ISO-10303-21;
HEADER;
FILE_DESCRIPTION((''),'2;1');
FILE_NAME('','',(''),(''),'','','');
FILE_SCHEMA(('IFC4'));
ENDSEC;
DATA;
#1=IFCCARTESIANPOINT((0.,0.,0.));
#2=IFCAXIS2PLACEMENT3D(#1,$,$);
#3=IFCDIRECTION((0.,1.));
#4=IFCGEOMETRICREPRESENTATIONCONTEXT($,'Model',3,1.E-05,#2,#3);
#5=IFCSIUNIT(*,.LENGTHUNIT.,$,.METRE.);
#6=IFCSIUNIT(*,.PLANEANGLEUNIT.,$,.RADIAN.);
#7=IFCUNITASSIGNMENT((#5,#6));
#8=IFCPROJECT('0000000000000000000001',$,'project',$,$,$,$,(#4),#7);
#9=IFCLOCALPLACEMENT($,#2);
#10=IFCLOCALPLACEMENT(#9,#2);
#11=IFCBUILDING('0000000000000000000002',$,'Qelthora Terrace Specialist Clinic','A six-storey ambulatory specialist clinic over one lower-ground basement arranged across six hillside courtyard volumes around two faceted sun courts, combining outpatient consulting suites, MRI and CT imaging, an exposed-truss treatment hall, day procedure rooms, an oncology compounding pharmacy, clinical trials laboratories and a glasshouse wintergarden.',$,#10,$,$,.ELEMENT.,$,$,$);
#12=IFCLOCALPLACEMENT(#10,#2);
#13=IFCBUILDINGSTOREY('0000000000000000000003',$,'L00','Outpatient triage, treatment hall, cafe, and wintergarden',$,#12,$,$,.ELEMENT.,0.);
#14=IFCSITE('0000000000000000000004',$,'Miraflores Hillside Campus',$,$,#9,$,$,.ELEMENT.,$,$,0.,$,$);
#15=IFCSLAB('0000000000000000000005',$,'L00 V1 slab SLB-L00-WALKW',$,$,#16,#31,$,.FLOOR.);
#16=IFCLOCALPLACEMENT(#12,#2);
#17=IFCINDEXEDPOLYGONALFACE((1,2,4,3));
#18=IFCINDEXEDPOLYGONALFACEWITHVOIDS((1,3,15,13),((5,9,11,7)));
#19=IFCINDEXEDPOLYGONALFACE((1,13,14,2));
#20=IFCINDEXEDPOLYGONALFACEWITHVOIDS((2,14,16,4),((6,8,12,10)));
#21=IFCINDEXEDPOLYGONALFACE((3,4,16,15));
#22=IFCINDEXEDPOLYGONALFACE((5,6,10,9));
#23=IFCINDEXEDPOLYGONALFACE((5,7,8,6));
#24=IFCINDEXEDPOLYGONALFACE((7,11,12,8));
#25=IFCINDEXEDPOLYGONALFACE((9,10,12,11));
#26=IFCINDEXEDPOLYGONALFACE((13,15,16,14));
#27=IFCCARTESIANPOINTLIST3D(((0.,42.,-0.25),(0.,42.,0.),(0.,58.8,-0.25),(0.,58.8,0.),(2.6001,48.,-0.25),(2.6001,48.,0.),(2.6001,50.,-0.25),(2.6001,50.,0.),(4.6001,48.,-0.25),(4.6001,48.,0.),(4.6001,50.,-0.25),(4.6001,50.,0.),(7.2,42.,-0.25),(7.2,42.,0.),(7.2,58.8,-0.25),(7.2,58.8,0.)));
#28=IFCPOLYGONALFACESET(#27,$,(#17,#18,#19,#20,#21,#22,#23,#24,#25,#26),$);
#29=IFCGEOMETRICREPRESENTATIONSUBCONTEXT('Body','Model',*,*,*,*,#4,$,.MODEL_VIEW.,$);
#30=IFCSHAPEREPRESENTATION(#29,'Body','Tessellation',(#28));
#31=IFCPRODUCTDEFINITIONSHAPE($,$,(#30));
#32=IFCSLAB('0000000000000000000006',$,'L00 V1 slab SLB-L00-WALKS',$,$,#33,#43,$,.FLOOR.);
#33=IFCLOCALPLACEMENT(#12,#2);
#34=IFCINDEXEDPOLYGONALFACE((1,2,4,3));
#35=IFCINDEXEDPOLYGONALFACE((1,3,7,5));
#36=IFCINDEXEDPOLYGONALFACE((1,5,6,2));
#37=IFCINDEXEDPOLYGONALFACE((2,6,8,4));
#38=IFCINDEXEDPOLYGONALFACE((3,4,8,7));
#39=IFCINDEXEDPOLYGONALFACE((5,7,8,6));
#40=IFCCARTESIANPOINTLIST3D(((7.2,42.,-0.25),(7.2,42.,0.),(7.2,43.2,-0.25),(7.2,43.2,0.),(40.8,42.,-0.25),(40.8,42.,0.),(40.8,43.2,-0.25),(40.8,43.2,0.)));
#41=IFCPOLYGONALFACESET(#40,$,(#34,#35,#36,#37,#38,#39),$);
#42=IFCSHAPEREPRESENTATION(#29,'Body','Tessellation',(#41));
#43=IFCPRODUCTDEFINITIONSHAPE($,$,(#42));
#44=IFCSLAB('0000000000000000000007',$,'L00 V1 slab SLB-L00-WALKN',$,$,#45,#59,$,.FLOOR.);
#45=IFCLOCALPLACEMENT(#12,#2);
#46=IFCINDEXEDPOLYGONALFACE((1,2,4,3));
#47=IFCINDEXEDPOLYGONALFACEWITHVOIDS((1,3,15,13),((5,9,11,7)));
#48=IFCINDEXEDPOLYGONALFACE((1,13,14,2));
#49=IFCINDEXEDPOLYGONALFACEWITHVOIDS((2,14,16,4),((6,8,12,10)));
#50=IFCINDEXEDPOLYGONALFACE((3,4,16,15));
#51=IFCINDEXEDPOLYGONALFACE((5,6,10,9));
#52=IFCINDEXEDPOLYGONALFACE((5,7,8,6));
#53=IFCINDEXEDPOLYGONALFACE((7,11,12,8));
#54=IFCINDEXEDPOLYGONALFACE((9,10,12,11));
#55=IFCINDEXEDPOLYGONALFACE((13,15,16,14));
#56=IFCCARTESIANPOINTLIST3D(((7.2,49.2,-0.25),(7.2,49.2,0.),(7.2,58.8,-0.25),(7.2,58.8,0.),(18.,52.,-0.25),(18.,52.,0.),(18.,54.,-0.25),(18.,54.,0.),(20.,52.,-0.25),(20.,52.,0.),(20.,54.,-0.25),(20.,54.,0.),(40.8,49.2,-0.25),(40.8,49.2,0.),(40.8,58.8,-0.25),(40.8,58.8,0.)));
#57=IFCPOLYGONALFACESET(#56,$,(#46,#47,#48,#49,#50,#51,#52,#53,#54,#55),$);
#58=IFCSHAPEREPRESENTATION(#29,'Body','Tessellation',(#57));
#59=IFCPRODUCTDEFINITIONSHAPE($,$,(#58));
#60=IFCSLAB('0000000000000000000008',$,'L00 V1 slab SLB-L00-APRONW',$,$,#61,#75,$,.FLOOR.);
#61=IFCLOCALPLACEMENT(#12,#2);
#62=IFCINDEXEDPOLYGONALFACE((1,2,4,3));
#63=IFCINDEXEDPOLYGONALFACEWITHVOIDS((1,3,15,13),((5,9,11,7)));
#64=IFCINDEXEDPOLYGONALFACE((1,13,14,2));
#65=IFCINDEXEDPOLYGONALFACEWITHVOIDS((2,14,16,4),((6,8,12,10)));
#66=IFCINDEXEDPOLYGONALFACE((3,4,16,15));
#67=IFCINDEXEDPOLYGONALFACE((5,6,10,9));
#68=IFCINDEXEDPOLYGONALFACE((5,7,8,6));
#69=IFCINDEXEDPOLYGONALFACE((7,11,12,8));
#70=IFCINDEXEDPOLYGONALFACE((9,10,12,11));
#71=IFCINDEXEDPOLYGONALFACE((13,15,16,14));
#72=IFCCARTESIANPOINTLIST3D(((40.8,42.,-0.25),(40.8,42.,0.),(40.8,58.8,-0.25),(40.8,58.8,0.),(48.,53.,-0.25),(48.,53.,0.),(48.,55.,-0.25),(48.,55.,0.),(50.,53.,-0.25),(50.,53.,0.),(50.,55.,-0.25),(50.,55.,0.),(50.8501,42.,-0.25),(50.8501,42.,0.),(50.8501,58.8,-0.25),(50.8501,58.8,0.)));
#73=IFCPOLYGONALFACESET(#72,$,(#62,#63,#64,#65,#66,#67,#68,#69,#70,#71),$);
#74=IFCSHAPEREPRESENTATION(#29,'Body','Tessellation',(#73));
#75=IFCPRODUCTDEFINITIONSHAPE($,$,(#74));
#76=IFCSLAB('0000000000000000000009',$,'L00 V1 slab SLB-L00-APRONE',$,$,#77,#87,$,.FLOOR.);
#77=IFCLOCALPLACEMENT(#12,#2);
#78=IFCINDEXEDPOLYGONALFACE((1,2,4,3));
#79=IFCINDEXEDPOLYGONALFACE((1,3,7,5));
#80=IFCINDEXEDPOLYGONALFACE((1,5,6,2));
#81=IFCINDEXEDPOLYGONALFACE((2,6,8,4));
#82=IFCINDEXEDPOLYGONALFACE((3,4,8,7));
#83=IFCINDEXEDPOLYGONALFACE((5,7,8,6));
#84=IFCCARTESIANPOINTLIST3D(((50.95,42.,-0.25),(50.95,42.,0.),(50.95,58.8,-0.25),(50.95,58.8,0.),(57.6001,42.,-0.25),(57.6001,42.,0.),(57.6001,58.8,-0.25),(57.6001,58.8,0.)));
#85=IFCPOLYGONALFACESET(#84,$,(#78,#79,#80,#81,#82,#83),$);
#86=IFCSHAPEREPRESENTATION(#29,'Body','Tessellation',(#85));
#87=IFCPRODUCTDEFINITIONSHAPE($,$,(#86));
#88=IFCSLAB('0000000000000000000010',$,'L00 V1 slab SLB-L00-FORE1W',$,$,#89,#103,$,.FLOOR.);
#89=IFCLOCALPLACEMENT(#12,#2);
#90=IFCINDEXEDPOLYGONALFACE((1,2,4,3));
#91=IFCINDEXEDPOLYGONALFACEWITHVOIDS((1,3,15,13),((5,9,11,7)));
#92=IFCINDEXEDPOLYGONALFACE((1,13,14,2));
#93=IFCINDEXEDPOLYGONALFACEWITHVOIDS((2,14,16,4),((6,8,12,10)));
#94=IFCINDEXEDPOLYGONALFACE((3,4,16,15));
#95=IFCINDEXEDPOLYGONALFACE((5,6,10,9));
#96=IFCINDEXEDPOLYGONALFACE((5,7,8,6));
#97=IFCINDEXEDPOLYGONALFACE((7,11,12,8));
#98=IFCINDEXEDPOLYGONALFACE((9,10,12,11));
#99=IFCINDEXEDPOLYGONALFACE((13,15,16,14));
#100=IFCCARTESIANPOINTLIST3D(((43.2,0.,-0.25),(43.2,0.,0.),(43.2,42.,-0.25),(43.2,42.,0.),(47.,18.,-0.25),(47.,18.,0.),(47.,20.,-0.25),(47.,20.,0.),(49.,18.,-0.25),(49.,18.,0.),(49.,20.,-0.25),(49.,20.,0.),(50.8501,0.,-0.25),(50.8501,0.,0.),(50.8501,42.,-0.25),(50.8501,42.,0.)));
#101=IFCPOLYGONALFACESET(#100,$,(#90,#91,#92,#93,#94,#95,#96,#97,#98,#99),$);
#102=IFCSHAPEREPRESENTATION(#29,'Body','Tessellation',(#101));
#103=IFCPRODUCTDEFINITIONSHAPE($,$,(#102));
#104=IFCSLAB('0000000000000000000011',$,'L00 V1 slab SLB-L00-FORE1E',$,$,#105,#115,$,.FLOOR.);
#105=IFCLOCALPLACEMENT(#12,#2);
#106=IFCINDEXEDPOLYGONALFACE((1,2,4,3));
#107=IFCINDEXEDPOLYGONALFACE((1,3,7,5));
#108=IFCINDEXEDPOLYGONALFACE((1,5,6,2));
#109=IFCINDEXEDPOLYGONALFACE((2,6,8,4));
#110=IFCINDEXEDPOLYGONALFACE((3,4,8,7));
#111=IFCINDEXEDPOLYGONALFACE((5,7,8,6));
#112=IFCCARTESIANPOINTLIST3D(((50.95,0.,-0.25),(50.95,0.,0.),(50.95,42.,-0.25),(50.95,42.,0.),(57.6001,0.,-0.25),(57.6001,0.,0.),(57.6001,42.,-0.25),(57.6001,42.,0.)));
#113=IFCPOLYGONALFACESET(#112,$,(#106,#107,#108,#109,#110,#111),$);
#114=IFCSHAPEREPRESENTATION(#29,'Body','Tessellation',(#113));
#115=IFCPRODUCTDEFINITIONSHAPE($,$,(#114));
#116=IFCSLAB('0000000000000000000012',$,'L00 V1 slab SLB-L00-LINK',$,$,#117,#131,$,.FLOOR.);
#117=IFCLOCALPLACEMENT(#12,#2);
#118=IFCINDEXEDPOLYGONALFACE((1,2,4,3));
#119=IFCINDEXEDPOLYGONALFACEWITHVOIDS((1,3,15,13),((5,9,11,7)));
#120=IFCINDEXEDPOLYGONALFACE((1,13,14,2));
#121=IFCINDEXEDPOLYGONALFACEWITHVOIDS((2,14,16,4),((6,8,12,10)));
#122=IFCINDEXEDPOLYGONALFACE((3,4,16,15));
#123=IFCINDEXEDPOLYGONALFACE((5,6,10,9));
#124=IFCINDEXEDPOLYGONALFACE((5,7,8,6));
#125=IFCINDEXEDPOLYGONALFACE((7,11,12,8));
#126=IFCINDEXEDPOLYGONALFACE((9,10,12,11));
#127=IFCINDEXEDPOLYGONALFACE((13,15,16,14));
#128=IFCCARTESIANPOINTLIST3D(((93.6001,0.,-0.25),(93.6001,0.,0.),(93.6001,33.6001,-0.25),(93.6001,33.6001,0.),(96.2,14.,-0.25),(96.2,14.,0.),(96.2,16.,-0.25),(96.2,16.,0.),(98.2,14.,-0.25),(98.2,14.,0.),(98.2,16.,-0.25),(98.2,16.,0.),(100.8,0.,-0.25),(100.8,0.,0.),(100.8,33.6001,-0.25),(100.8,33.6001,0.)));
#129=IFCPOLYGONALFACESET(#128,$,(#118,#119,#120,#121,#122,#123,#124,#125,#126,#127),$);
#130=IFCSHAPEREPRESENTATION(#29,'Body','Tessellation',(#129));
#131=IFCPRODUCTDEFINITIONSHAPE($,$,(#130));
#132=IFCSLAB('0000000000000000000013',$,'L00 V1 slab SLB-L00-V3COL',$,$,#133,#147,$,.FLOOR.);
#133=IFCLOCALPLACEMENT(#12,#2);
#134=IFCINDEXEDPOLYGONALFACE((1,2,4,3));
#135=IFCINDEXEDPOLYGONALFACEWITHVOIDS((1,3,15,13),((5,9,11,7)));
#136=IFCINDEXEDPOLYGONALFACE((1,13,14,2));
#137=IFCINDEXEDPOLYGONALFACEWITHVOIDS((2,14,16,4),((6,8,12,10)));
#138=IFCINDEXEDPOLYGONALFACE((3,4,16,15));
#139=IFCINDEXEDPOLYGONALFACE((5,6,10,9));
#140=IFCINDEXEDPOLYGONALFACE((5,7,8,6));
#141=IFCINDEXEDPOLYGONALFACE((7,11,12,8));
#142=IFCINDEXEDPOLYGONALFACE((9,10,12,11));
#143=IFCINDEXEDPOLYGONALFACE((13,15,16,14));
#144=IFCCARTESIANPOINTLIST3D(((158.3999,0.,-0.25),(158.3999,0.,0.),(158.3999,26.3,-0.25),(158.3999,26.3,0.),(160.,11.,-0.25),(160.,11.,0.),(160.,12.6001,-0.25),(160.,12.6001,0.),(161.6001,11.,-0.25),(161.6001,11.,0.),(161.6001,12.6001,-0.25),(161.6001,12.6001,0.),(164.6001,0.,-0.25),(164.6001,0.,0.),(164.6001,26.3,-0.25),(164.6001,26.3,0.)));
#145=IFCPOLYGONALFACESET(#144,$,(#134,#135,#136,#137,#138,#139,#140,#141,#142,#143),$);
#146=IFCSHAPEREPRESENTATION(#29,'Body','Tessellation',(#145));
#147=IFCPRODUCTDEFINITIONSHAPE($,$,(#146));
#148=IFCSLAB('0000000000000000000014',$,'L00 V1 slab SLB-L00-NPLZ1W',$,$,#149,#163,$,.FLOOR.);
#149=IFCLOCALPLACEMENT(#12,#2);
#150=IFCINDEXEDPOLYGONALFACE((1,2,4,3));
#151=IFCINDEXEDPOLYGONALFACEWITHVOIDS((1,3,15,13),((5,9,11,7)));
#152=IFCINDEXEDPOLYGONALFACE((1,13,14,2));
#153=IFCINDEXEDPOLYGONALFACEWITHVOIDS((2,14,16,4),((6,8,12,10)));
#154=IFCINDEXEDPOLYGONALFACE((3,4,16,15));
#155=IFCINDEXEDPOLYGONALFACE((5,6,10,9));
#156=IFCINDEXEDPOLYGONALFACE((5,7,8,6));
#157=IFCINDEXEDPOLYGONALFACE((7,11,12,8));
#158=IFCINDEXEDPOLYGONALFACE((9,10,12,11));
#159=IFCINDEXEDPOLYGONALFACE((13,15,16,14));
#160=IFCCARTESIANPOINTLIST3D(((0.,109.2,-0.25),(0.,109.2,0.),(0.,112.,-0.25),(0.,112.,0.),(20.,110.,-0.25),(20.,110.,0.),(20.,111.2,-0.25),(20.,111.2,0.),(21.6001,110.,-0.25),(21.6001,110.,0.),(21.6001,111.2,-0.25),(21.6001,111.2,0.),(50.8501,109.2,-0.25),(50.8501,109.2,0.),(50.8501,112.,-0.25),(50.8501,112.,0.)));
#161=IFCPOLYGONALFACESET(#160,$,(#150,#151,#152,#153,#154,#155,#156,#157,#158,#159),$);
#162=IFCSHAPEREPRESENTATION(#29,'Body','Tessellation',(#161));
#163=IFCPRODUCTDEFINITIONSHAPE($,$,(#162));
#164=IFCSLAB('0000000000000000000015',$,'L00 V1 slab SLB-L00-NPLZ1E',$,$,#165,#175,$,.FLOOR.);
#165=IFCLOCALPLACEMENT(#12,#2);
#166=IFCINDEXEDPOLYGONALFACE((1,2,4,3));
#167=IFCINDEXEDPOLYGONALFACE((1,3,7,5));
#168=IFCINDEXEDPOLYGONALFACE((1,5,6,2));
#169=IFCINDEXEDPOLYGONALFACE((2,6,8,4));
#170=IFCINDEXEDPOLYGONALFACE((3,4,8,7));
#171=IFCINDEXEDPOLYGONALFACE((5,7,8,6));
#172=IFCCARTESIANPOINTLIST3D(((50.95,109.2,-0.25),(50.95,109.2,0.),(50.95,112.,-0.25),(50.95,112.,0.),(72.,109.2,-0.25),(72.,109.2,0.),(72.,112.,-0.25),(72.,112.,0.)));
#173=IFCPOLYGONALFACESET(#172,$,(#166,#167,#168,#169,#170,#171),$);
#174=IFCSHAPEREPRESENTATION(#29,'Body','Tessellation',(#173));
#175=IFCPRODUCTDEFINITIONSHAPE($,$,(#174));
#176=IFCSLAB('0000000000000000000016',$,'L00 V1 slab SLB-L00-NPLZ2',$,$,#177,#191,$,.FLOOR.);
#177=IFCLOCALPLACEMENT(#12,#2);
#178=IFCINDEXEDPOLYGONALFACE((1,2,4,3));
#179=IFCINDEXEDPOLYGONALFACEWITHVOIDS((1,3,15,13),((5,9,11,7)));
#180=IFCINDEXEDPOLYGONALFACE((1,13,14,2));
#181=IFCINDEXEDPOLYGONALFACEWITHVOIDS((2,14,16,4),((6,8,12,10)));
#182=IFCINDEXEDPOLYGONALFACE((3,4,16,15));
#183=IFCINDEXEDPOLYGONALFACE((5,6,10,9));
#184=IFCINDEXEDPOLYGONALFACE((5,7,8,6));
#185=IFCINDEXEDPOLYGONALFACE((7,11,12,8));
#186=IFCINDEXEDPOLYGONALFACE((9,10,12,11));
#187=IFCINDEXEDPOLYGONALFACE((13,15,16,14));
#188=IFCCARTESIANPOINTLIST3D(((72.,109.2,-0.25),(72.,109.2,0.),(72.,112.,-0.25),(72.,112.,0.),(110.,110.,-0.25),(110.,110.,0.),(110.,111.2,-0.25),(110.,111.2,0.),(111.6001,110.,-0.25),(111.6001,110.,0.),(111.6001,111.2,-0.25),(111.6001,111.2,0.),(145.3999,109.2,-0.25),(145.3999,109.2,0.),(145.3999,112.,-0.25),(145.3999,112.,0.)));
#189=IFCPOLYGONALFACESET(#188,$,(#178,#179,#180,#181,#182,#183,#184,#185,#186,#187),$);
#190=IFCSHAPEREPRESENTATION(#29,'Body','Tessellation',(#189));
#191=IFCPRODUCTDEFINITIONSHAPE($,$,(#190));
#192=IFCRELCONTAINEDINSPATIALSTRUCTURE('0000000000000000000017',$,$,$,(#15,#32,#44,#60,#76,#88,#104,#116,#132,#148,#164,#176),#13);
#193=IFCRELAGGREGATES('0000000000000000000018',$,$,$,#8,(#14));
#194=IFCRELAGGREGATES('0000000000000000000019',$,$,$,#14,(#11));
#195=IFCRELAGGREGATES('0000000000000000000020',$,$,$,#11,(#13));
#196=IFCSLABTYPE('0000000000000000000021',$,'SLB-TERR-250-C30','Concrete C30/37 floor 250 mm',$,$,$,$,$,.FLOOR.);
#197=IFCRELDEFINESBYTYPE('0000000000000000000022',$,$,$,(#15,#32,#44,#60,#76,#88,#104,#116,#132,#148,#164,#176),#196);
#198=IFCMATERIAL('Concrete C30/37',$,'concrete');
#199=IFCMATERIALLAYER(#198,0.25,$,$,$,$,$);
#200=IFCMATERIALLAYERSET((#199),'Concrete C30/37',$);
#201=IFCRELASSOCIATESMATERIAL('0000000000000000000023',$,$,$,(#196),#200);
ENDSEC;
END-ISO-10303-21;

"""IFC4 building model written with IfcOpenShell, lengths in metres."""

from ifc_helpers import new_model, si_unit, direction, frame, origin, place, context, subcontext, project, spatial, polyline, outline, extrude, material, layer, layer_set, type_object, element, save


model = new_model("IFC4")

# Units and contexts
model_context = context("Model", 3, precision=1e-05, world=origin(), true_north=direction((0.0, 1.0)))
body_context = subcontext(model_context, "Body", "Model", "MODEL_VIEW")
ifc_project = project(units=[si_unit("LENGTHUNIT", "METRE"), si_unit("PLANEANGLEUNIT", "RADIAN")], contexts=[model_context])

# Site, building, storey
site_placement = place(None, origin())
site = spatial("IfcSite", under=ifc_project, at=site_placement, Name="Miraflores Hillside Campus", CompositionType="ELEMENT", RefElevation=0.0)
building_placement = place(site_placement, origin())
building = spatial("IfcBuilding", under=site, at=building_placement, Name="Qelthora Terrace Specialist Clinic", Description="A six-storey ambulatory specialist clinic over one lower-ground basement arranged across six hillside courtyard volumes around two faceted sun courts, combining outpatient consulting suites, MRI and CT imaging, an exposed-truss treatment hall, day procedure rooms, an oncology compounding pharmacy, clinical trials laboratories and a glasshouse wintergarden.", CompositionType="ELEMENT")
storey_placement = place(building_placement, origin())
storey = spatial("IfcBuildingStorey", under=building, at=storey_placement, Name="L00", Description="Outpatient triage, treatment hall, cafe, and wintergarden", CompositionType="ELEMENT", Elevation=0.0)

# Slabs
ifc_material_1 = material(Name="Concrete C30/37", Category="concrete")
ifc_layer_1 = layer(ifc_material_1, 0.25)
ifc_layer_set_1 = layer_set([ifc_layer_1], Name="Concrete C30/37")
slab_type_1 = type_object("IfcSlabType", Name="SLB-TERR-250-C30", Description="Concrete C30/37 floor 250 mm", PredefinedType="FLOOR", material=ifc_layer_set_1)
slab_1_placement = place(storey_placement, frame((0.0, 0.0, -0.25)))
element("IfcSlab", 1, at=slab_1_placement, inside=storey, type_object=slab_type_1, Name="L00 V1 slab SLB-L00-WALKW", PredefinedType="FLOOR", context=body_context, shape_type="SweptSolid", body=[
    extrude(outline(polyline([(0.0, 42.0), (0.0, 58.8), (7.2, 58.8), (7.2, 42.0), (0.0, 42.0)]), holes=[polyline([(2.6001, 48.0), (4.6001, 48.0), (4.6001, 50.0), (2.6001, 50.0), (2.6001, 48.0)])]), origin(), (0.0, 0.0, 1.0), 0.25),
])
slab_2_placement = place(storey_placement, frame((0.0, 0.0, -0.25)))
element("IfcSlab", 2, at=slab_2_placement, inside=storey, type_object=slab_type_1, Name="L00 V1 slab SLB-L00-WALKS", PredefinedType="FLOOR", context=body_context, shape_type="SweptSolid", body=[
    extrude(outline(polyline([(7.2, 42.0), (7.2, 43.2), (40.8, 43.2), (40.8, 42.0), (7.2, 42.0)])), origin(), (0.0, 0.0, 1.0), 0.25),
])
slab_3_placement = place(storey_placement, frame((0.0, 0.0, -0.25)))
element("IfcSlab", 3, at=slab_3_placement, inside=storey, type_object=slab_type_1, Name="L00 V1 slab SLB-L00-WALKN", PredefinedType="FLOOR", context=body_context, shape_type="SweptSolid", body=[
    extrude(outline(polyline([(7.2, 49.2), (7.2, 58.8), (40.8, 58.8), (40.8, 49.2), (7.2, 49.2)]), holes=[polyline([(18.0, 52.0), (20.0, 52.0), (20.0, 54.0), (18.0, 54.0), (18.0, 52.0)])]), origin(), (0.0, 0.0, 1.0), 0.25),
])
slab_4_placement = place(storey_placement, frame((0.0, 0.0, -0.25)))
element("IfcSlab", 4, at=slab_4_placement, inside=storey, type_object=slab_type_1, Name="L00 V1 slab SLB-L00-APRONW", PredefinedType="FLOOR", context=body_context, shape_type="SweptSolid", body=[
    extrude(outline(polyline([(40.8, 42.0), (40.8, 58.8), (50.8501, 58.8), (50.8501, 42.0), (40.8, 42.0)]), holes=[polyline([(48.0, 53.0), (50.0, 53.0), (50.0, 55.0), (48.0, 55.0), (48.0, 53.0)])]), origin(), (0.0, 0.0, 1.0), 0.25),
])
slab_5_placement = place(storey_placement, frame((0.0, 0.0, -0.25)))
element("IfcSlab", 5, at=slab_5_placement, inside=storey, type_object=slab_type_1, Name="L00 V1 slab SLB-L00-APRONE", PredefinedType="FLOOR", context=body_context, shape_type="SweptSolid", body=[
    extrude(outline(polyline([(50.95, 42.0), (50.95, 58.8), (57.6001, 58.8), (57.6001, 42.0), (50.95, 42.0)])), origin(), (0.0, 0.0, 1.0), 0.25),
])
slab_6_placement = place(storey_placement, frame((0.0, 0.0, -0.25)))
element("IfcSlab", 6, at=slab_6_placement, inside=storey, type_object=slab_type_1, Name="L00 V1 slab SLB-L00-FORE1W", PredefinedType="FLOOR", context=body_context, shape_type="SweptSolid", body=[
    extrude(outline(polyline([(43.2, 0.0), (43.2, 42.0), (50.8501, 42.0), (50.8501, 0.0), (43.2, 0.0)]), holes=[polyline([(47.0, 18.0), (49.0, 18.0), (49.0, 20.0), (47.0, 20.0), (47.0, 18.0)])]), origin(), (0.0, 0.0, 1.0), 0.25),
])
slab_7_placement = place(storey_placement, frame((0.0, 0.0, -0.25)))
element("IfcSlab", 7, at=slab_7_placement, inside=storey, type_object=slab_type_1, Name="L00 V1 slab SLB-L00-FORE1E", PredefinedType="FLOOR", context=body_context, shape_type="SweptSolid", body=[
    extrude(outline(polyline([(50.95, 0.0), (50.95, 42.0), (57.6001, 42.0), (57.6001, 0.0), (50.95, 0.0)])), origin(), (0.0, 0.0, 1.0), 0.25),
])
slab_8_placement = place(storey_placement, frame((0.0, 0.0, -0.25)))
element("IfcSlab", 8, at=slab_8_placement, inside=storey, type_object=slab_type_1, Name="L00 V1 slab SLB-L00-LINK", PredefinedType="FLOOR", context=body_context, shape_type="SweptSolid", body=[
    extrude(outline(polyline([(93.6001, 0.0), (93.6001, 33.6001), (100.8, 33.6001), (100.8, 0.0), (93.6001, 0.0)]), holes=[polyline([(96.2, 14.0), (98.2, 14.0), (98.2, 16.0), (96.2, 16.0), (96.2, 14.0)])]), origin(), (0.0, 0.0, 1.0), 0.25),
])
slab_9_placement = place(storey_placement, frame((0.0, 0.0, -0.25)))
element("IfcSlab", 9, at=slab_9_placement, inside=storey, type_object=slab_type_1, Name="L00 V1 slab SLB-L00-V3COL", PredefinedType="FLOOR", context=body_context, shape_type="SweptSolid", body=[
    extrude(outline(polyline([(158.3999, 0.0), (158.3999, 26.3), (164.6001, 26.3), (164.6001, 0.0), (158.3999, 0.0)]), holes=[polyline([(160.0, 11.0), (161.6001, 11.0), (161.6001, 12.6001), (160.0, 12.6001), (160.0, 11.0)])]), origin(), (0.0, 0.0, 1.0), 0.25),
])
slab_10_placement = place(storey_placement, frame((0.0, 0.0, -0.25)))
element("IfcSlab", 10, at=slab_10_placement, inside=storey, type_object=slab_type_1, Name="L00 V1 slab SLB-L00-NPLZ1W", PredefinedType="FLOOR", context=body_context, shape_type="SweptSolid", body=[
    extrude(outline(polyline([(0.0, 109.2), (0.0, 112.0), (50.8501, 112.0), (50.8501, 109.2), (0.0, 109.2)]), holes=[polyline([(20.0, 110.0), (21.6001, 110.0), (21.6001, 111.2), (20.0, 111.2), (20.0, 110.0)])]), origin(), (0.0, 0.0, 1.0), 0.25),
])
slab_11_placement = place(storey_placement, frame((0.0, 0.0, -0.25)))
element("IfcSlab", 11, at=slab_11_placement, inside=storey, type_object=slab_type_1, Name="L00 V1 slab SLB-L00-NPLZ1E", PredefinedType="FLOOR", context=body_context, shape_type="SweptSolid", body=[
    extrude(outline(polyline([(50.95, 109.2), (50.95, 112.0), (72.0, 112.0), (72.0, 109.2), (50.95, 109.2)])), origin(), (0.0, 0.0, 1.0), 0.25),
])
slab_12_placement = place(storey_placement, frame((0.0, 0.0, -0.25)))
element("IfcSlab", 12, at=slab_12_placement, inside=storey, type_object=slab_type_1, Name="L00 V1 slab SLB-L00-NPLZ2", PredefinedType="FLOOR", context=body_context, shape_type="SweptSolid", body=[
    extrude(outline(polyline([(72.0, 109.2), (72.0, 112.0), (145.3999, 112.0), (145.3999, 109.2), (72.0, 109.2)]), holes=[polyline([(110.0, 110.0), (111.6001, 110.0), (111.6001, 111.2), (110.0, 111.2), (110.0, 110.0)])]), origin(), (0.0, 0.0, 1.0), 0.25),
])

save(model, "model.ifc")
